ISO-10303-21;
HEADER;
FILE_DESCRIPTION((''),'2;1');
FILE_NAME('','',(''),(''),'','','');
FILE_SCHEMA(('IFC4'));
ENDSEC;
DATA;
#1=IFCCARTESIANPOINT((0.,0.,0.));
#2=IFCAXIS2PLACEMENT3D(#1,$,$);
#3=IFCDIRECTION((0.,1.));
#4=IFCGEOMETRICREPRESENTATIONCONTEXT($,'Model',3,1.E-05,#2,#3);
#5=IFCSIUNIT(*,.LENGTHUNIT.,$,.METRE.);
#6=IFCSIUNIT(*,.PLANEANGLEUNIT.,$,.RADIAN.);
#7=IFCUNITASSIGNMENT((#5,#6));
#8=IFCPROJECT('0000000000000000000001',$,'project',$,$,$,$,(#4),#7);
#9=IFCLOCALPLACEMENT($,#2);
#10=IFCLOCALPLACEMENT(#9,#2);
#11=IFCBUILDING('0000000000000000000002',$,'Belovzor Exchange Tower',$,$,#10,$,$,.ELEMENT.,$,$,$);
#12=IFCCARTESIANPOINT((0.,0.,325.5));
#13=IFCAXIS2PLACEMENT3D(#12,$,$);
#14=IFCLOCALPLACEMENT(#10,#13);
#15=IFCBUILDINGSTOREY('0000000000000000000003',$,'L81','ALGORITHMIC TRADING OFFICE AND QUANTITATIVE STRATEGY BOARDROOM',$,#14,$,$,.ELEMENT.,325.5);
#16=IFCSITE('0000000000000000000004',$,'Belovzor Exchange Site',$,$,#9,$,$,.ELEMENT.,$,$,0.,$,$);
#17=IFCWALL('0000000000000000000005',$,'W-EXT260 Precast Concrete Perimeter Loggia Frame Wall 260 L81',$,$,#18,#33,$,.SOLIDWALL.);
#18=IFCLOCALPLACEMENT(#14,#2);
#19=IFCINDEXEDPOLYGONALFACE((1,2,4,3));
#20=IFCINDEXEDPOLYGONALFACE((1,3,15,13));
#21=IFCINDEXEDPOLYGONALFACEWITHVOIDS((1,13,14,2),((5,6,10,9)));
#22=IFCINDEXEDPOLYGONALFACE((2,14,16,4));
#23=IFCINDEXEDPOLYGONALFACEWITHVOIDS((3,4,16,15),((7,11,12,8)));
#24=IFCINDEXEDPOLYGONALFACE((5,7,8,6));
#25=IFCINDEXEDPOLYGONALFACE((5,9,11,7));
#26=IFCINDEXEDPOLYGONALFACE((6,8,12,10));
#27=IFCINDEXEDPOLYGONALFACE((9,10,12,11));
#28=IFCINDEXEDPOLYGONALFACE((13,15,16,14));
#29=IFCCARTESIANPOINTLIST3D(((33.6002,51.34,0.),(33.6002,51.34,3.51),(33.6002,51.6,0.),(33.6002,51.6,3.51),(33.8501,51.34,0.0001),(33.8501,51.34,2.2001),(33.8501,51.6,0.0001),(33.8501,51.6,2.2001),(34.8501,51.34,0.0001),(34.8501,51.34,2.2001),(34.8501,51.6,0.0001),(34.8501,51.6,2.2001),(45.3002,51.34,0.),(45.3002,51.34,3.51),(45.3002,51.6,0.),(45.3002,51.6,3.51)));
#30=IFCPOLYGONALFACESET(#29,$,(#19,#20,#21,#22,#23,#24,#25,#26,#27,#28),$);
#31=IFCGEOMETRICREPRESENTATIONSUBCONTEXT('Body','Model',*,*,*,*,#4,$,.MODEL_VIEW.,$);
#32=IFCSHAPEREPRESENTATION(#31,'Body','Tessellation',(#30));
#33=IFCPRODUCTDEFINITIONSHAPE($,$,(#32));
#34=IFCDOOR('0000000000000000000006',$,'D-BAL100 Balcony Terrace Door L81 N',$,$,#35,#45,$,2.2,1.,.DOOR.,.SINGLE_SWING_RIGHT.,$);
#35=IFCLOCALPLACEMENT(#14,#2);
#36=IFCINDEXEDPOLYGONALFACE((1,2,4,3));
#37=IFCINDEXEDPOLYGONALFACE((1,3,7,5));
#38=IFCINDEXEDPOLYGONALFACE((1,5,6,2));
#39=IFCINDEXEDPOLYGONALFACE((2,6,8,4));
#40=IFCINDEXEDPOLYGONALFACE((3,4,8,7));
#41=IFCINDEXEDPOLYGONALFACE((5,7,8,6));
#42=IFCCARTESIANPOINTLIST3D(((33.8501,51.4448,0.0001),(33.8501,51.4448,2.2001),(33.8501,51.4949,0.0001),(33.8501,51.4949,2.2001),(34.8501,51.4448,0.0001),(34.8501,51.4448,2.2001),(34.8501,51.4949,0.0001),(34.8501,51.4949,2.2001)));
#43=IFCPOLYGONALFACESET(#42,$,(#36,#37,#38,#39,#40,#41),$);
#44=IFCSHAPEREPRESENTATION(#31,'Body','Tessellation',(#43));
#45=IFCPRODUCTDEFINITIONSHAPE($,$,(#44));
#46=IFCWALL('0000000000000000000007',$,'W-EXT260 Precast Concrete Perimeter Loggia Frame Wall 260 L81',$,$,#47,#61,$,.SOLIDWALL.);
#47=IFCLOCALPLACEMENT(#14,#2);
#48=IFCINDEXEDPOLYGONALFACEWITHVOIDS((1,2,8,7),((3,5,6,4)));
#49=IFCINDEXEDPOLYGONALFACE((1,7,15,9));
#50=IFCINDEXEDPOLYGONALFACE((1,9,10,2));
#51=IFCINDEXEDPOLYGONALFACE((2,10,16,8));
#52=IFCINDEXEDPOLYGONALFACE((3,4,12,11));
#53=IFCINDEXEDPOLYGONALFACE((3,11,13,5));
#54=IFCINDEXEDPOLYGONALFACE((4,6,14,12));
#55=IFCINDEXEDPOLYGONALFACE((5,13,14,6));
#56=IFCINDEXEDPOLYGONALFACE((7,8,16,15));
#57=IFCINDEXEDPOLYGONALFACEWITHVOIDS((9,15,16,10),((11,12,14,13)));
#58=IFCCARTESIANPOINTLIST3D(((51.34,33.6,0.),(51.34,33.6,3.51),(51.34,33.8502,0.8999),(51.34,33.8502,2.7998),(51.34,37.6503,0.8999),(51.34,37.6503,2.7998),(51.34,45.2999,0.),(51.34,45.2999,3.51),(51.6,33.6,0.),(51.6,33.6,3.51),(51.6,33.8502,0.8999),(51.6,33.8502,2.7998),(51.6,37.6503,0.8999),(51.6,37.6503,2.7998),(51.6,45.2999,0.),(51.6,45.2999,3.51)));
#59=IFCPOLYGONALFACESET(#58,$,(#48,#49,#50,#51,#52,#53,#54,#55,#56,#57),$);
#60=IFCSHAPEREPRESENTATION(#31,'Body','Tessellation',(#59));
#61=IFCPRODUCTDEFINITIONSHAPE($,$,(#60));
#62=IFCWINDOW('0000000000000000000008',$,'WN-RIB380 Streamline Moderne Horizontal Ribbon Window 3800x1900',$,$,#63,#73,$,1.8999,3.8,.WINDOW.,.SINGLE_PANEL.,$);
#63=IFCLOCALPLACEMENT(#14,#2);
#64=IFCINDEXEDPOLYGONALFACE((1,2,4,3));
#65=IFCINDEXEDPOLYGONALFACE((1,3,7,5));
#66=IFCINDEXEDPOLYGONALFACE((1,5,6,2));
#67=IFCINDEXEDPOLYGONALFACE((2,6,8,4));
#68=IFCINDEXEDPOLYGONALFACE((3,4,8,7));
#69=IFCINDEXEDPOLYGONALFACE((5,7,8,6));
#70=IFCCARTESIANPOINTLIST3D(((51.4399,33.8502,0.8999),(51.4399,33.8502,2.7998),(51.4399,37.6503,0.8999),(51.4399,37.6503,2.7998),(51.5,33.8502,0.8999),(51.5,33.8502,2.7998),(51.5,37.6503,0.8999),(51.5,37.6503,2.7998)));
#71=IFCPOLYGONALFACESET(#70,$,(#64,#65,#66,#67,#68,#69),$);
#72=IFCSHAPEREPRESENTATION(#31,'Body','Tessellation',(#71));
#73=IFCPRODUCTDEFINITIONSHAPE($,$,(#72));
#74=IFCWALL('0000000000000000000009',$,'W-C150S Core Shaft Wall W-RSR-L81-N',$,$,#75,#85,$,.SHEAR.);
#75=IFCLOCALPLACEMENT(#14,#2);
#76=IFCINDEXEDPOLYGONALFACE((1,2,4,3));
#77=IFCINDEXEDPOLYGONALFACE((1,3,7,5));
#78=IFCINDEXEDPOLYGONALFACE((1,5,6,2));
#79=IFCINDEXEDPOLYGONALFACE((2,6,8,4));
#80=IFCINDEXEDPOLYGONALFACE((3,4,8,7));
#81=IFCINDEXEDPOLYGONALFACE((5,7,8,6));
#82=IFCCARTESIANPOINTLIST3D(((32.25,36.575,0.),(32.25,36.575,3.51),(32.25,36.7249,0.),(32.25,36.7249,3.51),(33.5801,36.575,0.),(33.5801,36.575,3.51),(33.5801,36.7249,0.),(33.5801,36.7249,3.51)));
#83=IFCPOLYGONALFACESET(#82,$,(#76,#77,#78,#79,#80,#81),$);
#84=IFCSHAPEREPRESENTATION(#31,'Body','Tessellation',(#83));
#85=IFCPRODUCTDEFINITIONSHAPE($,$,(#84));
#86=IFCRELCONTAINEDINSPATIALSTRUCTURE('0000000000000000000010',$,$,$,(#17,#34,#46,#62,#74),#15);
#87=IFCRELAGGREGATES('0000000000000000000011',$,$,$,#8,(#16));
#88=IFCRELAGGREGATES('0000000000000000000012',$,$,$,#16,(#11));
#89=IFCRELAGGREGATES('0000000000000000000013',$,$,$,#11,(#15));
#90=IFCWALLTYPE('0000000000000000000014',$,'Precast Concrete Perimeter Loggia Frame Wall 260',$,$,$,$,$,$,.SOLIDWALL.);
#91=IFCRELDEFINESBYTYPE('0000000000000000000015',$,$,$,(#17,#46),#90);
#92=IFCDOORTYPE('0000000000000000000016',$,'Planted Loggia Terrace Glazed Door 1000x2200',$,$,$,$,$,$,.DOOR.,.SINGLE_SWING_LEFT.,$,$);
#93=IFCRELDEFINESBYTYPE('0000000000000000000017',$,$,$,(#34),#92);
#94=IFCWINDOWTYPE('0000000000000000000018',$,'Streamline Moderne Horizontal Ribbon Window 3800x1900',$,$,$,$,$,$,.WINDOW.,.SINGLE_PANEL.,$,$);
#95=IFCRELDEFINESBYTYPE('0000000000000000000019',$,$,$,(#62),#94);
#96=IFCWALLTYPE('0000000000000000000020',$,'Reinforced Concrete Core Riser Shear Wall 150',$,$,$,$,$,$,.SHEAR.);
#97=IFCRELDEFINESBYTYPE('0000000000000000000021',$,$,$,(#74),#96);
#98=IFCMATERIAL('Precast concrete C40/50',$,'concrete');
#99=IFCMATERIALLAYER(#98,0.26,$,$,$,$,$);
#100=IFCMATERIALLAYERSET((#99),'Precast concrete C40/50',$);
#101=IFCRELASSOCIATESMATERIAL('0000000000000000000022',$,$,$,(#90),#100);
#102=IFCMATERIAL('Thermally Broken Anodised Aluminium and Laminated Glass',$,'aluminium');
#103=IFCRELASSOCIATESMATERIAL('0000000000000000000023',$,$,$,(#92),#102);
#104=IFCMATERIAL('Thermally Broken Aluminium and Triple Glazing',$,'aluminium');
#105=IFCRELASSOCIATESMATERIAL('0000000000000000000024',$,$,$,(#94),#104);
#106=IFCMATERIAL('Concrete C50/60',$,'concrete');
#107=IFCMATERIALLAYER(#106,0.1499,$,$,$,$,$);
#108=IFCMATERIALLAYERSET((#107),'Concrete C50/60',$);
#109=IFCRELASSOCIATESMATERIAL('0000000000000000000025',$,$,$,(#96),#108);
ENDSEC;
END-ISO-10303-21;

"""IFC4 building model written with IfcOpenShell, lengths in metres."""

from ifc_helpers import new_model, si_unit, direction, frame, frame_2d, origin, place, context, subcontext, project, spatial, rectangle, extrude, material, layer, layer_set, type_object, element, fill, save


model = new_model("IFC4")

# Units and contexts
model_context = context("Model", 3, precision=1e-05, world=origin(), true_north=direction((0.0, 1.0)))
body_context = subcontext(model_context, "Body", "Model", "MODEL_VIEW")
ifc_project = project(units=[si_unit("LENGTHUNIT", "METRE"), si_unit("PLANEANGLEUNIT", "RADIAN")], contexts=[model_context])

# Site, building, storey
site_placement = place(None, origin())
site = spatial("IfcSite", under=ifc_project, at=site_placement, Name="Belovzor Exchange Site", CompositionType="ELEMENT", RefElevation=0.0)
building_placement = place(site_placement, origin())
building = spatial("IfcBuilding", under=site, at=building_placement, Name="Belovzor Exchange Tower", CompositionType="ELEMENT")
storey_placement = place(building_placement, frame((0.0, 0.0, 325.5)))
storey = spatial("IfcBuildingStorey", under=building, at=storey_placement, Name="L81", Description="ALGORITHMIC TRADING OFFICE AND QUANTITATIVE STRATEGY BOARDROOM", CompositionType="ELEMENT", Elevation=325.5)

# Wall, opening, door
ifc_material_1 = material(Name="Precast concrete C40/50", Category="concrete")
ifc_layer_1 = layer(ifc_material_1, 0.26)
ifc_layer_set_1 = layer_set([ifc_layer_1], Name="Precast concrete C40/50")
wall_type_1 = type_object("IfcWallType", Name="Precast Concrete Perimeter Loggia Frame Wall 260", PredefinedType="SOLIDWALL", material=ifc_layer_set_1)
wall_1_placement = place(storey_placement, frame((33.6001, 51.47, 0.0), z_axis=(0.0, 0.0, 1.0), x_axis=(1.0, 0.0, 0.0)))
wall_1 = element("IfcWall", 1, at=wall_1_placement, inside=storey, type_object=wall_type_1, Name="W-EXT260 Precast Concrete Perimeter Loggia Frame Wall 260 L81", PredefinedType="SOLIDWALL", context=body_context, shape_type="SweptSolid", body=[
    extrude(rectangle(XDim=11.7, YDim=0.26, at=frame_2d((5.8501, 0.0))), origin(), (0.0, 0.0, 1.0), 3.51),
])
opening_1_placement = place(wall_1_placement, frame((0.25, 0.0, 0.0)))
opening_1 = element("IfcOpeningElement", 2, at=opening_1_placement, cuts=wall_1, PredefinedType="OPENING", context=body_context, shape_type="SweptSolid", body=[
    extrude(rectangle(XDim=1.0, YDim=2.2, at=frame_2d((0.5, 1.1001))), frame((0.0, 0.1399, 0.0), z_axis=(0.0, -1.0, 0.0), x_axis=(1.0, 0.0, 0.0)), (0.0, 0.0, 1.0), 0.28),
])
ifc_material_2 = material(Name="Thermally Broken Anodised Aluminium and Laminated Glass", Category="aluminium")
door_type = type_object("IfcDoorType", Name="Planted Loggia Terrace Glazed Door 1000x2200", OperationType="SINGLE_SWING_LEFT", PredefinedType="DOOR", material=ifc_material_2)
door_placement = place(opening_1_placement, origin())
door = element("IfcDoor", 3, at=door_placement, inside=storey, type_object=door_type, Name="D-BAL100 Balcony Terrace Door L81 N", OperationType="SINGLE_SWING_RIGHT", OverallHeight=2.2, OverallWidth=1.0, PredefinedType="DOOR", context=body_context, shape_type="SweptSolid", body=[
    extrude(rectangle(XDim=1.0, YDim=2.2, at=frame_2d((0.5, 1.1001))), frame((0.0, 0.0249, 0.0), z_axis=(0.0, -1.0, 0.0), x_axis=(1.0, 0.0, 0.0)), (0.0, 0.0, 1.0), 0.05),
])
fill(opening_1, door)

# Wall, opening, window
wall_2_placement = place(storey_placement, frame((51.47, 45.3, 0.0), z_axis=(0.0, 0.0, 1.0), x_axis=(0.0, -1.0, 0.0)))
wall_2 = element("IfcWall", 4, at=wall_2_placement, inside=storey, type_object=wall_type_1, Name="W-EXT260 Precast Concrete Perimeter Loggia Frame Wall 260 L81", PredefinedType="SOLIDWALL", context=body_context, shape_type="SweptSolid", body=[
    extrude(rectangle(XDim=11.7, YDim=0.26, at=frame_2d((5.8501, 0.0))), origin(), (0.0, 0.0, 1.0), 3.51),
])
opening_2_placement = place(wall_2_placement, frame((7.6499, 0.0, 0.8999)))
opening_2 = element("IfcOpeningElement", 5, at=opening_2_placement, cuts=wall_2, PredefinedType="OPENING", context=body_context, shape_type="SweptSolid", body=[
    extrude(rectangle(XDim=3.8, YDim=1.8999, at=frame_2d((1.8999, 0.95))), frame((0.0, 0.1399, 0.0), z_axis=(0.0, -1.0, 0.0), x_axis=(1.0, 0.0, 0.0)), (0.0, 0.0, 1.0), 0.28),
])
ifc_material_3 = material(Name="Thermally Broken Aluminium and Triple Glazing", Category="aluminium")
window_type_1 = type_object("IfcWindowType", Name="Streamline Moderne Horizontal Ribbon Window 3800x1900", PartitioningType="SINGLE_PANEL", PredefinedType="WINDOW", material=ifc_material_3)
window_1_placement = place(opening_2_placement, origin())
window_1 = element("IfcWindow", 6, at=window_1_placement, inside=storey, type_object=window_type_1, Name="WN-RIB380 Streamline Moderne Horizontal Ribbon Window 3800x1900", OverallHeight=1.8999, OverallWidth=3.8, PartitioningType="SINGLE_PANEL", PredefinedType="WINDOW", context=body_context, shape_type="SweptSolid", body=[
    extrude(rectangle(XDim=3.8, YDim=1.8999, at=frame_2d((1.8999, 0.95))), frame((0.0, 0.03, 0.0), z_axis=(0.0, -1.0, 0.0), x_axis=(1.0, 0.0, 0.0)), (0.0, 0.0, 1.0), 0.0601),
])
fill(opening_2, window_1)

# Wall
ifc_material_4 = material(Name="Concrete C50/60", Category="concrete")
ifc_layer_2 = layer(ifc_material_4, 0.1499)
ifc_layer_set_2 = layer_set([ifc_layer_2], Name="Concrete C50/60")
wall_type_2 = type_object("IfcWallType", Name="Reinforced Concrete Core Riser Shear Wall 150", PredefinedType="SHEAR", material=ifc_layer_set_2)
wall_3_placement = place(storey_placement, frame((32.25, 36.6499, 0.0), z_axis=(0.0, 0.0, 1.0), x_axis=(1.0, 0.0, 0.0)))
element("IfcWall", 7, at=wall_3_placement, inside=storey, type_object=wall_type_2, Name="W-C150S Core Shaft Wall W-RSR-L81-N", PredefinedType="SHEAR", context=body_context, shape_type="SweptSolid", body=[
    extrude(rectangle(XDim=1.3301, YDim=0.1499, at=frame_2d((0.665, 0.0))), origin(), (0.0, 0.0, 1.0), 3.51),
])

save(model, "model.ifc")
